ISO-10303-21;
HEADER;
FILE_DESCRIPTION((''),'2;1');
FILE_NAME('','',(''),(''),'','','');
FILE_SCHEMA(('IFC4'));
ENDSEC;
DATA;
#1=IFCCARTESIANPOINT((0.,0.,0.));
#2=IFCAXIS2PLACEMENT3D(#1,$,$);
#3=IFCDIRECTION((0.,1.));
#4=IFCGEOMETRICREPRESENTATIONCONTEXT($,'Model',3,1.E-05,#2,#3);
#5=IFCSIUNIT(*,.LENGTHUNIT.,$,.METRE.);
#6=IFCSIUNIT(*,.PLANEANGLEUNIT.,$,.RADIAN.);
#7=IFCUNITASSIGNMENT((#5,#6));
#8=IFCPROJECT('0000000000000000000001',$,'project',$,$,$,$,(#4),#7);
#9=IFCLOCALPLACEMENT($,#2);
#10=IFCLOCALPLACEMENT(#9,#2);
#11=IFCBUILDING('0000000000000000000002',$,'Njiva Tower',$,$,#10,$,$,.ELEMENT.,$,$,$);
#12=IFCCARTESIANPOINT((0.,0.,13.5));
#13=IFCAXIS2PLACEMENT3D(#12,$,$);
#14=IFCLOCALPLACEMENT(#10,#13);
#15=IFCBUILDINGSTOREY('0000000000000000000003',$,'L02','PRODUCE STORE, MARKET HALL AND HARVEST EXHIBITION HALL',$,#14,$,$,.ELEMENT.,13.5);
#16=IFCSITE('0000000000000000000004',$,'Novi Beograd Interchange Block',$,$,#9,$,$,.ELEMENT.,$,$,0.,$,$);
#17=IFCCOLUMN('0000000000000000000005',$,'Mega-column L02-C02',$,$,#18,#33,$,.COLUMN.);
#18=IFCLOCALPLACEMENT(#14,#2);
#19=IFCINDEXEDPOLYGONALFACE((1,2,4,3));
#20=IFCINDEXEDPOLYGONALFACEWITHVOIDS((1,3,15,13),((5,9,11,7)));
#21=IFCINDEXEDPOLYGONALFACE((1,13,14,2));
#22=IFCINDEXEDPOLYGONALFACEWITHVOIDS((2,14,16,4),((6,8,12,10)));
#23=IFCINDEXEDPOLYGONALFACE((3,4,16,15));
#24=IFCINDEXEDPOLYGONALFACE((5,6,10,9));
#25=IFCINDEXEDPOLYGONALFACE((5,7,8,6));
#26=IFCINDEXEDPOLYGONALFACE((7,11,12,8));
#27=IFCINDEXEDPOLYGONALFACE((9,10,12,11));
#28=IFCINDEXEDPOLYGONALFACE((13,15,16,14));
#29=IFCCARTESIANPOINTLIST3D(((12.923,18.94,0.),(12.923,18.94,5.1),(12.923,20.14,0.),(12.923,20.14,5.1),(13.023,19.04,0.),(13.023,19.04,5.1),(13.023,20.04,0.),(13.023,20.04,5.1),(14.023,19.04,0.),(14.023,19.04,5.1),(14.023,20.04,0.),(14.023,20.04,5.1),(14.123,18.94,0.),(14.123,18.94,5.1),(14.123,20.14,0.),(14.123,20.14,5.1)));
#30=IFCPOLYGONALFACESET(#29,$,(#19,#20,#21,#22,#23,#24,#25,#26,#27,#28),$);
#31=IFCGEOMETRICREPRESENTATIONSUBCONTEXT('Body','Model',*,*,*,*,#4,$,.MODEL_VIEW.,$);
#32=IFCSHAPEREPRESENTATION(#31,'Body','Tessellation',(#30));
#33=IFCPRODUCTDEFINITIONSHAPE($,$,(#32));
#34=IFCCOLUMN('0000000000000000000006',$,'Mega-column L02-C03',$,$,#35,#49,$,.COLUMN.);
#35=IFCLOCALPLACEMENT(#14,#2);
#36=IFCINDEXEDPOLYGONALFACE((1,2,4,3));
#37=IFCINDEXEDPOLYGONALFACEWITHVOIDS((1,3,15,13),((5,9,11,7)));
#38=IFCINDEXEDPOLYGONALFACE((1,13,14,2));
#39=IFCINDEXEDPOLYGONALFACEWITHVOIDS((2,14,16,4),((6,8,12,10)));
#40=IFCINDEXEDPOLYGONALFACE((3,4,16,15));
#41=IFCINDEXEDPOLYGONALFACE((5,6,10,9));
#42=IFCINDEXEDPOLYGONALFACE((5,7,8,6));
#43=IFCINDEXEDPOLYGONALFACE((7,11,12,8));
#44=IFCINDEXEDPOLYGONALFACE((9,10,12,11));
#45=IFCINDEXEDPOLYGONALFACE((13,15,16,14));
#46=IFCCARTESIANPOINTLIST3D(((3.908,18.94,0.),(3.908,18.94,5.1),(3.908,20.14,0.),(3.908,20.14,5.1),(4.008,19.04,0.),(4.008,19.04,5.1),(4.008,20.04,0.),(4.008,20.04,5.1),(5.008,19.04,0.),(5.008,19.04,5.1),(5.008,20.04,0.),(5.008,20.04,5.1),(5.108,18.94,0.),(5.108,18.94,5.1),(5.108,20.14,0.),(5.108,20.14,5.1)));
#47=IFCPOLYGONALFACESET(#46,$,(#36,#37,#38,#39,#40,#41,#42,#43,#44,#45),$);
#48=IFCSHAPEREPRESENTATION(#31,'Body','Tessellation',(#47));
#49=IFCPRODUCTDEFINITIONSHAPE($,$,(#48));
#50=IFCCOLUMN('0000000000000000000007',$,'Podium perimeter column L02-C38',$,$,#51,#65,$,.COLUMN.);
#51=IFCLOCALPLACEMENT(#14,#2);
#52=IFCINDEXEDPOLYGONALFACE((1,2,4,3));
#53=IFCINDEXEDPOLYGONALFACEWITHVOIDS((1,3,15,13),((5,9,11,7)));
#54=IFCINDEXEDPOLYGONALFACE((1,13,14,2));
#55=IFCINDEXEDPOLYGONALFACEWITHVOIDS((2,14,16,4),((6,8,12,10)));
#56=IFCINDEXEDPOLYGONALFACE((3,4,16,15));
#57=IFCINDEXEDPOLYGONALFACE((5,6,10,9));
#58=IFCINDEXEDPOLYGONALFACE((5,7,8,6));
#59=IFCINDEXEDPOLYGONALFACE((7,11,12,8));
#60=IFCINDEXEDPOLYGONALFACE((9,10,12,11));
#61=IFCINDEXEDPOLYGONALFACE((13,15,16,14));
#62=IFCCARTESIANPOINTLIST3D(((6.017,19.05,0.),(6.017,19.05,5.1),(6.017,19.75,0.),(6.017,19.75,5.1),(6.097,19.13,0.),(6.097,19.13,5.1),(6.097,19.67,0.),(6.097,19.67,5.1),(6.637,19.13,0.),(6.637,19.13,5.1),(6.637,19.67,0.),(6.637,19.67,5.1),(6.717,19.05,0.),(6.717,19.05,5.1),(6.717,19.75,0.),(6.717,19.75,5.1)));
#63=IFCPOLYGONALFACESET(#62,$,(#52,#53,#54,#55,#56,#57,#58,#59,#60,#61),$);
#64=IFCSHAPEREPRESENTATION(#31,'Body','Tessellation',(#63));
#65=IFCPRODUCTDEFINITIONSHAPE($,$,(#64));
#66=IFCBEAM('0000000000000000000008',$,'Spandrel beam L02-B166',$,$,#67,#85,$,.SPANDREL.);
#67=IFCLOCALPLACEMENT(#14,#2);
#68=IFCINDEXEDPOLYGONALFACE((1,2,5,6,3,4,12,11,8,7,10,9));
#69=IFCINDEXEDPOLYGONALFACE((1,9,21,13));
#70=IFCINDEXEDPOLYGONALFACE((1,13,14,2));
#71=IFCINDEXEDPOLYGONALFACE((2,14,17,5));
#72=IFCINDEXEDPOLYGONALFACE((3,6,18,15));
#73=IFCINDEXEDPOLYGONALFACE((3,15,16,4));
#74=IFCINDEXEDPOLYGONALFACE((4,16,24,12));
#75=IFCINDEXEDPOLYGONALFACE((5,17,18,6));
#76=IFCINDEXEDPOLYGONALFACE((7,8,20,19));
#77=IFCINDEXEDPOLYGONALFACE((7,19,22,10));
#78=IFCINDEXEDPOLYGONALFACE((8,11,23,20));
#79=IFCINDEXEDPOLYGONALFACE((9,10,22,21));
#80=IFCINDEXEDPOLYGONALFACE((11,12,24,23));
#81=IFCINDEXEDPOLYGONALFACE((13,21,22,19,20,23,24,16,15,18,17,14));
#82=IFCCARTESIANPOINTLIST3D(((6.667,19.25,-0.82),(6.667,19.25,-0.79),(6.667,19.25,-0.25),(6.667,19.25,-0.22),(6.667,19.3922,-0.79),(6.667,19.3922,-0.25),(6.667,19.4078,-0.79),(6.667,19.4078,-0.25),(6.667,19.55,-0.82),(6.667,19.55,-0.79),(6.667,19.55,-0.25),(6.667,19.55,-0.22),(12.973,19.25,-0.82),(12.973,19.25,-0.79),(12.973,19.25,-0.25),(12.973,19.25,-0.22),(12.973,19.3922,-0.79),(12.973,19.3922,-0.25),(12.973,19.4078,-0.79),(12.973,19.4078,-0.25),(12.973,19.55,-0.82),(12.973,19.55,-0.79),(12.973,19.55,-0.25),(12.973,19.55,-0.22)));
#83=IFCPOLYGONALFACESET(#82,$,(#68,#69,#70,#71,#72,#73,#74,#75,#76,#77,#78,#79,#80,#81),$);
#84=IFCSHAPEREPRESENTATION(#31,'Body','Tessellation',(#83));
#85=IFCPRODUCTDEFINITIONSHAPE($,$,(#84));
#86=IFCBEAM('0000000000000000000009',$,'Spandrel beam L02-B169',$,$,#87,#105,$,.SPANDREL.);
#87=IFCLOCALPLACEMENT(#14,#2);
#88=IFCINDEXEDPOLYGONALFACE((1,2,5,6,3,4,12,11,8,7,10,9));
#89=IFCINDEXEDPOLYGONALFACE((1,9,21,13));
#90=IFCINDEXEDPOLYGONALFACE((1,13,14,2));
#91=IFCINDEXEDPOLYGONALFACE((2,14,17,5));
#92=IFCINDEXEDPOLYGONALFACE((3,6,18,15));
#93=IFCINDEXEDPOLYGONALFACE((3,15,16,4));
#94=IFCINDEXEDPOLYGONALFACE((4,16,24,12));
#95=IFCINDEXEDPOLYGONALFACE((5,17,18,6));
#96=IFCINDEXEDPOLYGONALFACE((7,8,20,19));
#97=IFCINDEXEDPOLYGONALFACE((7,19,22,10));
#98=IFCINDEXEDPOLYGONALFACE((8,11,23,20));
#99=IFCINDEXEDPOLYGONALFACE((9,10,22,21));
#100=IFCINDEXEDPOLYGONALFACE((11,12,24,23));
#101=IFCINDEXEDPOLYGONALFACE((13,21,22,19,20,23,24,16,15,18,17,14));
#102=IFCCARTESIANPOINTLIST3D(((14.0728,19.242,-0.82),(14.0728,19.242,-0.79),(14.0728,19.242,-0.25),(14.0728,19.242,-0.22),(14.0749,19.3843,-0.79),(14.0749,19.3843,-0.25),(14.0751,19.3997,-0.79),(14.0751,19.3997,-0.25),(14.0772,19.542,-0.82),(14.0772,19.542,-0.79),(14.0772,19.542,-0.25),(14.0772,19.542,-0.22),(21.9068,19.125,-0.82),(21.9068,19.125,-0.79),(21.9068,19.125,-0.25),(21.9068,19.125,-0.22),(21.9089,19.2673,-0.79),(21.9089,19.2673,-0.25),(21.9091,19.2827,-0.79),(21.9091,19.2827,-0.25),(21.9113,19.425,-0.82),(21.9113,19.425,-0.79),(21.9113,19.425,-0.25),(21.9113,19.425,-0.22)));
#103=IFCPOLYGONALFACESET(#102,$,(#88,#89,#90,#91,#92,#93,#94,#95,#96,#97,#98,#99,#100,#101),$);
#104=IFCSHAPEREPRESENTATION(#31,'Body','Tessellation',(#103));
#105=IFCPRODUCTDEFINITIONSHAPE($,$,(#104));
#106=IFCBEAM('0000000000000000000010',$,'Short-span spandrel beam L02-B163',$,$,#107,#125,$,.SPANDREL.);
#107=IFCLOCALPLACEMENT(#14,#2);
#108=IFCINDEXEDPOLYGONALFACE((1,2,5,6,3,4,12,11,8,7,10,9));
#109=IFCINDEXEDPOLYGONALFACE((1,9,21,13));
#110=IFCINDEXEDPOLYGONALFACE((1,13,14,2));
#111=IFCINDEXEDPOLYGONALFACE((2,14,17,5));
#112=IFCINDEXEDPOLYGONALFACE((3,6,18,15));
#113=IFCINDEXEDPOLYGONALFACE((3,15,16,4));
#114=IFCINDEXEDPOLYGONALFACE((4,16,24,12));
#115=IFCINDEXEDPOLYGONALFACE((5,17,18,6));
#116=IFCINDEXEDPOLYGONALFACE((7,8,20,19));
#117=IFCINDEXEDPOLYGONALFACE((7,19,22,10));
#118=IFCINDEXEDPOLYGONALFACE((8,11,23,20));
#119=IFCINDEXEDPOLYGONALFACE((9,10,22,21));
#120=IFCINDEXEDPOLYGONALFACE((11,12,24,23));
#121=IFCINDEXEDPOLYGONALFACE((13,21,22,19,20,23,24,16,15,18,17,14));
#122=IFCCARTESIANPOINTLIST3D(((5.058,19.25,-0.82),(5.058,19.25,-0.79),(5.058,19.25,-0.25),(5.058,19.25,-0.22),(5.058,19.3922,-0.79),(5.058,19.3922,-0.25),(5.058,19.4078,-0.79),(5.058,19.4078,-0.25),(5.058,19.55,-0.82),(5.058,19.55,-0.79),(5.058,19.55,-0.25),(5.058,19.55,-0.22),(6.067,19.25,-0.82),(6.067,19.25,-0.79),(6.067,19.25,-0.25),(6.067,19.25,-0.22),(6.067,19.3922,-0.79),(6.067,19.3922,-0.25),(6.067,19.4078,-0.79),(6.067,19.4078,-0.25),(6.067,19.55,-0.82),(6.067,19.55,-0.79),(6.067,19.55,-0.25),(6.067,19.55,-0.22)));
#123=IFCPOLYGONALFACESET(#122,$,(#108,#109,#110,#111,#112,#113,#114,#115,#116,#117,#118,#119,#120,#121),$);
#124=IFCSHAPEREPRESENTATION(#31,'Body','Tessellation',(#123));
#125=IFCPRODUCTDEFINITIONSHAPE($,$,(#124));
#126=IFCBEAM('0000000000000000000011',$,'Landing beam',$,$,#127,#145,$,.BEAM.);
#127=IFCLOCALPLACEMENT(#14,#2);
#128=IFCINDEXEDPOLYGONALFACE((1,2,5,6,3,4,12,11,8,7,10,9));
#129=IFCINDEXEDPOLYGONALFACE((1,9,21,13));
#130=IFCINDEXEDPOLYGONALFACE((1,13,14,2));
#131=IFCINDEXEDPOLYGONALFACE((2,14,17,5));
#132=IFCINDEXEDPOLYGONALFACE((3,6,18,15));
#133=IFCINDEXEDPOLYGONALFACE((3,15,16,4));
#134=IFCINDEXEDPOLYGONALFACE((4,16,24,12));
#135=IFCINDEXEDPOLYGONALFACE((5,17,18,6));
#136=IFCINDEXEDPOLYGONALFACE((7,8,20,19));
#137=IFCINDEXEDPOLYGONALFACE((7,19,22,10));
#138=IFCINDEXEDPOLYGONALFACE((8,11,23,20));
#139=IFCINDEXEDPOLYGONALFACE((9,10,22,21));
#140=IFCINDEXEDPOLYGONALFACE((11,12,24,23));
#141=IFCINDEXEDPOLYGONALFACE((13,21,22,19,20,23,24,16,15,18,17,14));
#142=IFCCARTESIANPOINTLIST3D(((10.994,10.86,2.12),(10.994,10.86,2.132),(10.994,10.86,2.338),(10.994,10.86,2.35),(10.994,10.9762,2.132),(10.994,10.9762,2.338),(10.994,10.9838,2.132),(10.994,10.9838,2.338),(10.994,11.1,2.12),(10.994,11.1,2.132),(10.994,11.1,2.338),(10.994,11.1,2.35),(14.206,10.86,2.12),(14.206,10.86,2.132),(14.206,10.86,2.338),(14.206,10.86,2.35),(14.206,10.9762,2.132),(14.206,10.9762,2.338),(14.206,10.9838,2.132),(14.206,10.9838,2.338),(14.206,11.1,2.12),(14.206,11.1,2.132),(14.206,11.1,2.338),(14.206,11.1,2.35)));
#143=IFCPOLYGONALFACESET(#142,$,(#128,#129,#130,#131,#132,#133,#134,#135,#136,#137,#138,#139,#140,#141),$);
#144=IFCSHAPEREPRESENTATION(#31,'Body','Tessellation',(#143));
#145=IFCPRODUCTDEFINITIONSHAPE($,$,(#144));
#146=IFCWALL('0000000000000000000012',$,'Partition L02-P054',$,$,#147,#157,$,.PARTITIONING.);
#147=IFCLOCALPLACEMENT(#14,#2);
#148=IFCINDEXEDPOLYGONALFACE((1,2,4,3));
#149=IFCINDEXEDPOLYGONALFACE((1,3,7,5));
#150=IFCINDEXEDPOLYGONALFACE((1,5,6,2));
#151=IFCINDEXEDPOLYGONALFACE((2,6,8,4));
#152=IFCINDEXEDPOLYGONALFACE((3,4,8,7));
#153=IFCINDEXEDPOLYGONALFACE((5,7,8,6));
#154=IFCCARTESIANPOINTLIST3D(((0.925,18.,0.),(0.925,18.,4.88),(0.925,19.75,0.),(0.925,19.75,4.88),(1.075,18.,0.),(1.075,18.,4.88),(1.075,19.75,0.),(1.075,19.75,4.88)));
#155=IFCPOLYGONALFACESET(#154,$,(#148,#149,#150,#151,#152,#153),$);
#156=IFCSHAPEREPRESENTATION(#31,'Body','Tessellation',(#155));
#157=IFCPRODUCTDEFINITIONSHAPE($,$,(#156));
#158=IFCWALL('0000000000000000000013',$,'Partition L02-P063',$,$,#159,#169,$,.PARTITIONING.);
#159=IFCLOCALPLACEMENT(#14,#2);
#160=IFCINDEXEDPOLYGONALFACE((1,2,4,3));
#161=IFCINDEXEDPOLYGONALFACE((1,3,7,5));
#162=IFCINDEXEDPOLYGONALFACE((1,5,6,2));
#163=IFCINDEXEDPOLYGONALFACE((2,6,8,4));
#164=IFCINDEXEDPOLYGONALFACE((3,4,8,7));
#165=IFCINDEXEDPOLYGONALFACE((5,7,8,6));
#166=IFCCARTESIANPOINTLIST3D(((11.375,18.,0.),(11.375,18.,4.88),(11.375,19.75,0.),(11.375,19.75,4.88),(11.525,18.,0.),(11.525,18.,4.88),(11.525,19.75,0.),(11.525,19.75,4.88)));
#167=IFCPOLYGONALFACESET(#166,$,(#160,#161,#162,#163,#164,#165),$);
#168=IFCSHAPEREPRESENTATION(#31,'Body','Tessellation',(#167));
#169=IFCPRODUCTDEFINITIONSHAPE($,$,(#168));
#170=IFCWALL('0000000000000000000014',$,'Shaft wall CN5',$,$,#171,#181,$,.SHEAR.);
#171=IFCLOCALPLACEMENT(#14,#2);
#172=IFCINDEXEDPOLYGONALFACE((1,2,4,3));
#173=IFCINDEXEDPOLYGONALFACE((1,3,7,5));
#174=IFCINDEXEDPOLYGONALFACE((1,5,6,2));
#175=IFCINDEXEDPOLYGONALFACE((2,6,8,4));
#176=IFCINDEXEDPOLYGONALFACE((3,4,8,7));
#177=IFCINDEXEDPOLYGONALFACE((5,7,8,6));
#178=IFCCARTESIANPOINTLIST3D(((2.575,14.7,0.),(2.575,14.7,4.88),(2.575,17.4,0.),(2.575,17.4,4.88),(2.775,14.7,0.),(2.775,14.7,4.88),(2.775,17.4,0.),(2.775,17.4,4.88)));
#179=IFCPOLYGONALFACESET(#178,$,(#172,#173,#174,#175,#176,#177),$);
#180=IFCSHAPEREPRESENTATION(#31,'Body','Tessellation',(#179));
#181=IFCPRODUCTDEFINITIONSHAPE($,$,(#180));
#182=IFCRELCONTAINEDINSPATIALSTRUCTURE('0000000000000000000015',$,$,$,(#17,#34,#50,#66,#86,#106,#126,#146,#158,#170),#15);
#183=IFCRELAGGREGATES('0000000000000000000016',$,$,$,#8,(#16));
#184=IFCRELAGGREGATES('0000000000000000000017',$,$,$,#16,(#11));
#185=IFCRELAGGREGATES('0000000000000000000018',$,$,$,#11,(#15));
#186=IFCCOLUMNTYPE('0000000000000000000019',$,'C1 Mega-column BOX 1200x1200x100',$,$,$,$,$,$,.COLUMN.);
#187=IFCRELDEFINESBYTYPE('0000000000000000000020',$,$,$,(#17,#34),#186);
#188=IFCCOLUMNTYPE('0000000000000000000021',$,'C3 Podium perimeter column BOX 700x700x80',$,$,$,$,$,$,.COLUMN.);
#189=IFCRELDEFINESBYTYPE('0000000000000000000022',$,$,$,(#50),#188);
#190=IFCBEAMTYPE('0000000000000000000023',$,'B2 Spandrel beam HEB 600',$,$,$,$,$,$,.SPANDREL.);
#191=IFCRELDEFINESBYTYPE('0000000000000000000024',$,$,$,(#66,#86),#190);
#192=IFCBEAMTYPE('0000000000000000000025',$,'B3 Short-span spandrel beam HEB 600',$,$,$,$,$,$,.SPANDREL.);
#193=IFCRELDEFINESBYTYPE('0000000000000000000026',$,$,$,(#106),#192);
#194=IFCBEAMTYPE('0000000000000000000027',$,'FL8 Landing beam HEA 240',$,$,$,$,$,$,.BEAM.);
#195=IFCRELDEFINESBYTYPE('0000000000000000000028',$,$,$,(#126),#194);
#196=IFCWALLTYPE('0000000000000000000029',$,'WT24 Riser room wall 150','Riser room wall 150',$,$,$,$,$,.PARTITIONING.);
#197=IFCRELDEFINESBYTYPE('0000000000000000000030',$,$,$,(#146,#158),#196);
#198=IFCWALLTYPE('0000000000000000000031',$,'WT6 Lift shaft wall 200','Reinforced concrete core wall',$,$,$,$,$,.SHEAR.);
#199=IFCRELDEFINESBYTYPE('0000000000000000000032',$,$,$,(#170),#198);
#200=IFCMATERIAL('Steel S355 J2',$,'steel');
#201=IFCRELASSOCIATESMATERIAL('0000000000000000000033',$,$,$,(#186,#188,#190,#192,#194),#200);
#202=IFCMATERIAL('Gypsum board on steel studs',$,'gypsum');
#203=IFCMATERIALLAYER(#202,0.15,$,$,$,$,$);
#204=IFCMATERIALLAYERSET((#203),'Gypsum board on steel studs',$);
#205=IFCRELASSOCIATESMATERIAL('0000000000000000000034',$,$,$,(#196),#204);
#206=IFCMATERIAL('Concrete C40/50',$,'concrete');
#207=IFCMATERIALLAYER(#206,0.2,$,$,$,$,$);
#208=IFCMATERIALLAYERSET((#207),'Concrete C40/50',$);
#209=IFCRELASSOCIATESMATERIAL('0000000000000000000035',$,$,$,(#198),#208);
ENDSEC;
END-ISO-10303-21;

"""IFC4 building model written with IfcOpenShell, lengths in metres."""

from ifc_helpers import new_model, si_unit, direction, frame, frame_2d, origin, origin_2d, place, context, subcontext, project, spatial, rectangle, hollow_rectangle, i_section, extrude, material, layer, layer_set, material_profile, profile_set, type_object, element, save


model = new_model("IFC4")

# Units and contexts
model_context = context("Model", 3, precision=1e-05, world=origin(), true_north=direction((0.0, 1.0)))
body_context = subcontext(model_context, "Body", "Model", "MODEL_VIEW")
ifc_project = project(units=[si_unit("LENGTHUNIT", "METRE"), si_unit("PLANEANGLEUNIT", "RADIAN")], contexts=[model_context])

# Site, building, storey
site_placement = place(None, origin())
site = spatial("IfcSite", under=ifc_project, at=site_placement, Name="Novi Beograd Interchange Block", CompositionType="ELEMENT", RefElevation=0.0)
building_placement = place(site_placement, origin())
building = spatial("IfcBuilding", under=site, at=building_placement, Name="Njiva Tower", CompositionType="ELEMENT")
storey_placement = place(building_placement, frame((0.0, 0.0, 13.5)))
storey = spatial("IfcBuildingStorey", under=building, at=storey_placement, Name="L02", Description="PRODUCE STORE, MARKET HALL AND HARVEST EXHIBITION HALL", CompositionType="ELEMENT", Elevation=13.5)

# Columns
ifc_material_1 = material(Name="Steel S355 J2", Category="steel")
ifc_material_profile_1 = material_profile(ifc_material_1, hollow_rectangle(XDim=1.2, YDim=1.2, WallThickness=0.1, at=origin_2d()), Name="BOX 1200x1200x100")
ifc_profile_set_1 = profile_set([ifc_material_profile_1], Name="Steel S355 J2")
column_type_1 = type_object("IfcColumnType", Name="C1 Mega-column BOX 1200x1200x100", PredefinedType="COLUMN", material=ifc_profile_set_1)
for number, where, z_axis, x_axis, name in (
    (1, (13.523, 19.54, 0.0), (0.0, 0.0, 1.0), (-1.0, 0.0, 0.0), "Mega-column L02-C02"),
    (2, (4.508, 19.54, 0.0), (0.0, 0.0, 1.0), (-1.0, 0.0, 0.0), "Mega-column L02-C03"),
):
    element("IfcColumn", number, at=place(storey_placement, frame(where, z_axis=z_axis, x_axis=x_axis)), inside=storey, type_object=column_type_1, Name=name, PredefinedType="COLUMN", context=body_context, shape_type="SweptSolid", body=[
        extrude(hollow_rectangle(XDim=1.2, YDim=1.2, WallThickness=0.1, at=origin_2d()), origin(), (0.0, 0.0, 1.0), 5.1),
    ])
ifc_material_profile_2 = material_profile(ifc_material_1, hollow_rectangle(XDim=0.7, YDim=0.7, WallThickness=0.08, at=origin_2d()), Name="BOX 700x700x80")
ifc_profile_set_2 = profile_set([ifc_material_profile_2], Name="Steel S355 J2")
column_type_2 = type_object("IfcColumnType", Name="C3 Podium perimeter column BOX 700x700x80", PredefinedType="COLUMN", material=ifc_profile_set_2)
column_placement = place(storey_placement, frame((6.367, 19.4, 0.0), z_axis=(0.0, 0.0, 1.0), x_axis=(-1.0, 0.0, 0.0)))
element("IfcColumn", 3, at=column_placement, inside=storey, type_object=column_type_2, Name="Podium perimeter column L02-C38", PredefinedType="COLUMN", context=body_context, shape_type="SweptSolid", body=[
    extrude(hollow_rectangle(XDim=0.7, YDim=0.7, WallThickness=0.08, at=origin_2d()), origin(), (0.0, 0.0, 1.0), 5.1),
])

# Beams
ifc_material_profile_3 = material_profile(ifc_material_1, i_section(OverallWidth=0.3, OverallDepth=0.6, WebThickness=0.0155, FlangeThickness=0.03, at=origin_2d()), Name="HEB 600")
ifc_profile_set_3 = profile_set([ifc_material_profile_3], Name="Steel S355 J2")
beam_type_1 = type_object("IfcBeamType", Name="B2 Spandrel beam HEB 600", PredefinedType="SPANDREL", material=ifc_profile_set_3)
beam_1_placement = place(storey_placement, frame((6.667, 19.4, -0.52), z_axis=(1.0, 0.0, 0.0), x_axis=(0.0, 1.0, 0.0)))
element("IfcBeam", 4, at=beam_1_placement, inside=storey, type_object=beam_type_1, Name="Spandrel beam L02-B166", PredefinedType="SPANDREL", context=body_context, shape_type="SweptSolid", body=[
    extrude(i_section(OverallWidth=0.3, OverallDepth=0.6, WebThickness=0.0155, FlangeThickness=0.03, at=origin_2d()), origin(), (0.0, 0.0, 1.0), 6.306),
])
beam_2_placement = place(storey_placement, frame((14.075, 19.392, -0.52), z_axis=(0.999888, -0.014933, 0.0), x_axis=(0.014933, 0.999888, 0.0)))
element("IfcBeam", 5, at=beam_2_placement, inside=storey, type_object=beam_type_1, Name="Spandrel beam L02-B169", PredefinedType="SPANDREL", context=body_context, shape_type="SweptSolid", body=[
    extrude(i_section(OverallWidth=0.3, OverallDepth=0.6, WebThickness=0.0155, FlangeThickness=0.03, at=origin_2d()), origin(), (0.0, 0.0, 1.0), 7.8349),
])
ifc_material_profile_4 = material_profile(ifc_material_1, i_section(OverallWidth=0.3, OverallDepth=0.6, WebThickness=0.0155, FlangeThickness=0.03, at=origin_2d()), Name="HEB 600")
ifc_profile_set_4 = profile_set([ifc_material_profile_4], Name="Steel S355 J2")
beam_type_2 = type_object("IfcBeamType", Name="B3 Short-span spandrel beam HEB 600", PredefinedType="SPANDREL", material=ifc_profile_set_4)
beam_3_placement = place(storey_placement, frame((5.058, 19.4, -0.52), z_axis=(1.0, 0.0, 0.0), x_axis=(0.0, 1.0, 0.0)))
element("IfcBeam", 6, at=beam_3_placement, inside=storey, type_object=beam_type_2, Name="Short-span spandrel beam L02-B163", PredefinedType="SPANDREL", context=body_context, shape_type="SweptSolid", body=[
    extrude(i_section(OverallWidth=0.3, OverallDepth=0.6, WebThickness=0.0155, FlangeThickness=0.03, at=origin_2d()), origin(), (0.0, 0.0, 1.0), 1.009),
])
ifc_material_profile_5 = material_profile(ifc_material_1, i_section(OverallWidth=0.24, OverallDepth=0.23, WebThickness=0.0075, FlangeThickness=0.012, at=origin_2d()), Name="HEA240")
ifc_profile_set_5 = profile_set([ifc_material_profile_5], Name="Steel S355 J2")
beam_type_3 = type_object("IfcBeamType", Name="FL8 Landing beam HEA 240", PredefinedType="BEAM", material=ifc_profile_set_5)
beam_4_placement = place(storey_placement, frame((10.994, 10.98, 2.235), z_axis=(1.0, 0.0, 0.0), x_axis=(0.0, 1.0, 0.0)))
element("IfcBeam", 7, at=beam_4_placement, inside=storey, type_object=beam_type_3, Name="Landing beam", PredefinedType="BEAM", context=body_context, shape_type="SweptSolid", body=[
    extrude(i_section(OverallWidth=0.24, OverallDepth=0.23, WebThickness=0.0075, FlangeThickness=0.012, at=origin_2d()), origin(), (0.0, 0.0, 1.0), 3.212),
])

# Walls
ifc_material_2 = material(Name="Gypsum board on steel studs", Category="gypsum")
ifc_layer_1 = layer(ifc_material_2, 0.15)
ifc_layer_set_1 = layer_set([ifc_layer_1], Name="Gypsum board on steel studs")
wall_type_1 = type_object("IfcWallType", Name="WT24 Riser room wall 150", Description="Riser room wall 150", PredefinedType="PARTITIONING", material=ifc_layer_set_1)
for number, where, z_axis, x_axis, name in (
    (8, (1.0, 18.0, 0.0), (0.0, 0.0, 1.0), (0.0, 1.0, 0.0), "Partition L02-P054"),
    (9, (11.45, 18.0, 0.0), (0.0, 0.0, 1.0), (0.0, 1.0, 0.0), "Partition L02-P063"),
):
    element("IfcWall", number, at=place(storey_placement, frame(where, z_axis=z_axis, x_axis=x_axis)), inside=storey, type_object=wall_type_1, Name=name, PredefinedType="PARTITIONING", context=body_context, shape_type="SweptSolid", body=[
        extrude(rectangle(XDim=1.75, YDim=0.15, at=frame_2d((0.875, 0.0))), origin(), (0.0, 0.0, 1.0), 4.88),
    ])
ifc_material_3 = material(Name="Concrete C40/50", Category="concrete")
ifc_layer_2 = layer(ifc_material_3, 0.2)
ifc_layer_set_2 = layer_set([ifc_layer_2], Name="Concrete C40/50")
wall_type_2 = type_object("IfcWallType", Name="WT6 Lift shaft wall 200", Description="Reinforced concrete core wall", PredefinedType="SHEAR", material=ifc_layer_set_2)
for number, where, z_axis, x_axis, name in (
    (10, (2.675, 14.7, 0.0), (0.0, 0.0, 1.0), (0.0, 1.0, 0.0), "Shaft wall CN5"),
):
    element("IfcWall", number, at=place(storey_placement, frame(where, z_axis=z_axis, x_axis=x_axis)), inside=storey, type_object=wall_type_2, Name=name, PredefinedType="SHEAR", context=body_context, shape_type="SweptSolid", body=[
        extrude(rectangle(XDim=2.7, YDim=0.2, at=frame_2d((1.35, 0.0))), origin(), (0.0, 0.0, 1.0), 4.88),
    ])

save(model, "model.ifc")
